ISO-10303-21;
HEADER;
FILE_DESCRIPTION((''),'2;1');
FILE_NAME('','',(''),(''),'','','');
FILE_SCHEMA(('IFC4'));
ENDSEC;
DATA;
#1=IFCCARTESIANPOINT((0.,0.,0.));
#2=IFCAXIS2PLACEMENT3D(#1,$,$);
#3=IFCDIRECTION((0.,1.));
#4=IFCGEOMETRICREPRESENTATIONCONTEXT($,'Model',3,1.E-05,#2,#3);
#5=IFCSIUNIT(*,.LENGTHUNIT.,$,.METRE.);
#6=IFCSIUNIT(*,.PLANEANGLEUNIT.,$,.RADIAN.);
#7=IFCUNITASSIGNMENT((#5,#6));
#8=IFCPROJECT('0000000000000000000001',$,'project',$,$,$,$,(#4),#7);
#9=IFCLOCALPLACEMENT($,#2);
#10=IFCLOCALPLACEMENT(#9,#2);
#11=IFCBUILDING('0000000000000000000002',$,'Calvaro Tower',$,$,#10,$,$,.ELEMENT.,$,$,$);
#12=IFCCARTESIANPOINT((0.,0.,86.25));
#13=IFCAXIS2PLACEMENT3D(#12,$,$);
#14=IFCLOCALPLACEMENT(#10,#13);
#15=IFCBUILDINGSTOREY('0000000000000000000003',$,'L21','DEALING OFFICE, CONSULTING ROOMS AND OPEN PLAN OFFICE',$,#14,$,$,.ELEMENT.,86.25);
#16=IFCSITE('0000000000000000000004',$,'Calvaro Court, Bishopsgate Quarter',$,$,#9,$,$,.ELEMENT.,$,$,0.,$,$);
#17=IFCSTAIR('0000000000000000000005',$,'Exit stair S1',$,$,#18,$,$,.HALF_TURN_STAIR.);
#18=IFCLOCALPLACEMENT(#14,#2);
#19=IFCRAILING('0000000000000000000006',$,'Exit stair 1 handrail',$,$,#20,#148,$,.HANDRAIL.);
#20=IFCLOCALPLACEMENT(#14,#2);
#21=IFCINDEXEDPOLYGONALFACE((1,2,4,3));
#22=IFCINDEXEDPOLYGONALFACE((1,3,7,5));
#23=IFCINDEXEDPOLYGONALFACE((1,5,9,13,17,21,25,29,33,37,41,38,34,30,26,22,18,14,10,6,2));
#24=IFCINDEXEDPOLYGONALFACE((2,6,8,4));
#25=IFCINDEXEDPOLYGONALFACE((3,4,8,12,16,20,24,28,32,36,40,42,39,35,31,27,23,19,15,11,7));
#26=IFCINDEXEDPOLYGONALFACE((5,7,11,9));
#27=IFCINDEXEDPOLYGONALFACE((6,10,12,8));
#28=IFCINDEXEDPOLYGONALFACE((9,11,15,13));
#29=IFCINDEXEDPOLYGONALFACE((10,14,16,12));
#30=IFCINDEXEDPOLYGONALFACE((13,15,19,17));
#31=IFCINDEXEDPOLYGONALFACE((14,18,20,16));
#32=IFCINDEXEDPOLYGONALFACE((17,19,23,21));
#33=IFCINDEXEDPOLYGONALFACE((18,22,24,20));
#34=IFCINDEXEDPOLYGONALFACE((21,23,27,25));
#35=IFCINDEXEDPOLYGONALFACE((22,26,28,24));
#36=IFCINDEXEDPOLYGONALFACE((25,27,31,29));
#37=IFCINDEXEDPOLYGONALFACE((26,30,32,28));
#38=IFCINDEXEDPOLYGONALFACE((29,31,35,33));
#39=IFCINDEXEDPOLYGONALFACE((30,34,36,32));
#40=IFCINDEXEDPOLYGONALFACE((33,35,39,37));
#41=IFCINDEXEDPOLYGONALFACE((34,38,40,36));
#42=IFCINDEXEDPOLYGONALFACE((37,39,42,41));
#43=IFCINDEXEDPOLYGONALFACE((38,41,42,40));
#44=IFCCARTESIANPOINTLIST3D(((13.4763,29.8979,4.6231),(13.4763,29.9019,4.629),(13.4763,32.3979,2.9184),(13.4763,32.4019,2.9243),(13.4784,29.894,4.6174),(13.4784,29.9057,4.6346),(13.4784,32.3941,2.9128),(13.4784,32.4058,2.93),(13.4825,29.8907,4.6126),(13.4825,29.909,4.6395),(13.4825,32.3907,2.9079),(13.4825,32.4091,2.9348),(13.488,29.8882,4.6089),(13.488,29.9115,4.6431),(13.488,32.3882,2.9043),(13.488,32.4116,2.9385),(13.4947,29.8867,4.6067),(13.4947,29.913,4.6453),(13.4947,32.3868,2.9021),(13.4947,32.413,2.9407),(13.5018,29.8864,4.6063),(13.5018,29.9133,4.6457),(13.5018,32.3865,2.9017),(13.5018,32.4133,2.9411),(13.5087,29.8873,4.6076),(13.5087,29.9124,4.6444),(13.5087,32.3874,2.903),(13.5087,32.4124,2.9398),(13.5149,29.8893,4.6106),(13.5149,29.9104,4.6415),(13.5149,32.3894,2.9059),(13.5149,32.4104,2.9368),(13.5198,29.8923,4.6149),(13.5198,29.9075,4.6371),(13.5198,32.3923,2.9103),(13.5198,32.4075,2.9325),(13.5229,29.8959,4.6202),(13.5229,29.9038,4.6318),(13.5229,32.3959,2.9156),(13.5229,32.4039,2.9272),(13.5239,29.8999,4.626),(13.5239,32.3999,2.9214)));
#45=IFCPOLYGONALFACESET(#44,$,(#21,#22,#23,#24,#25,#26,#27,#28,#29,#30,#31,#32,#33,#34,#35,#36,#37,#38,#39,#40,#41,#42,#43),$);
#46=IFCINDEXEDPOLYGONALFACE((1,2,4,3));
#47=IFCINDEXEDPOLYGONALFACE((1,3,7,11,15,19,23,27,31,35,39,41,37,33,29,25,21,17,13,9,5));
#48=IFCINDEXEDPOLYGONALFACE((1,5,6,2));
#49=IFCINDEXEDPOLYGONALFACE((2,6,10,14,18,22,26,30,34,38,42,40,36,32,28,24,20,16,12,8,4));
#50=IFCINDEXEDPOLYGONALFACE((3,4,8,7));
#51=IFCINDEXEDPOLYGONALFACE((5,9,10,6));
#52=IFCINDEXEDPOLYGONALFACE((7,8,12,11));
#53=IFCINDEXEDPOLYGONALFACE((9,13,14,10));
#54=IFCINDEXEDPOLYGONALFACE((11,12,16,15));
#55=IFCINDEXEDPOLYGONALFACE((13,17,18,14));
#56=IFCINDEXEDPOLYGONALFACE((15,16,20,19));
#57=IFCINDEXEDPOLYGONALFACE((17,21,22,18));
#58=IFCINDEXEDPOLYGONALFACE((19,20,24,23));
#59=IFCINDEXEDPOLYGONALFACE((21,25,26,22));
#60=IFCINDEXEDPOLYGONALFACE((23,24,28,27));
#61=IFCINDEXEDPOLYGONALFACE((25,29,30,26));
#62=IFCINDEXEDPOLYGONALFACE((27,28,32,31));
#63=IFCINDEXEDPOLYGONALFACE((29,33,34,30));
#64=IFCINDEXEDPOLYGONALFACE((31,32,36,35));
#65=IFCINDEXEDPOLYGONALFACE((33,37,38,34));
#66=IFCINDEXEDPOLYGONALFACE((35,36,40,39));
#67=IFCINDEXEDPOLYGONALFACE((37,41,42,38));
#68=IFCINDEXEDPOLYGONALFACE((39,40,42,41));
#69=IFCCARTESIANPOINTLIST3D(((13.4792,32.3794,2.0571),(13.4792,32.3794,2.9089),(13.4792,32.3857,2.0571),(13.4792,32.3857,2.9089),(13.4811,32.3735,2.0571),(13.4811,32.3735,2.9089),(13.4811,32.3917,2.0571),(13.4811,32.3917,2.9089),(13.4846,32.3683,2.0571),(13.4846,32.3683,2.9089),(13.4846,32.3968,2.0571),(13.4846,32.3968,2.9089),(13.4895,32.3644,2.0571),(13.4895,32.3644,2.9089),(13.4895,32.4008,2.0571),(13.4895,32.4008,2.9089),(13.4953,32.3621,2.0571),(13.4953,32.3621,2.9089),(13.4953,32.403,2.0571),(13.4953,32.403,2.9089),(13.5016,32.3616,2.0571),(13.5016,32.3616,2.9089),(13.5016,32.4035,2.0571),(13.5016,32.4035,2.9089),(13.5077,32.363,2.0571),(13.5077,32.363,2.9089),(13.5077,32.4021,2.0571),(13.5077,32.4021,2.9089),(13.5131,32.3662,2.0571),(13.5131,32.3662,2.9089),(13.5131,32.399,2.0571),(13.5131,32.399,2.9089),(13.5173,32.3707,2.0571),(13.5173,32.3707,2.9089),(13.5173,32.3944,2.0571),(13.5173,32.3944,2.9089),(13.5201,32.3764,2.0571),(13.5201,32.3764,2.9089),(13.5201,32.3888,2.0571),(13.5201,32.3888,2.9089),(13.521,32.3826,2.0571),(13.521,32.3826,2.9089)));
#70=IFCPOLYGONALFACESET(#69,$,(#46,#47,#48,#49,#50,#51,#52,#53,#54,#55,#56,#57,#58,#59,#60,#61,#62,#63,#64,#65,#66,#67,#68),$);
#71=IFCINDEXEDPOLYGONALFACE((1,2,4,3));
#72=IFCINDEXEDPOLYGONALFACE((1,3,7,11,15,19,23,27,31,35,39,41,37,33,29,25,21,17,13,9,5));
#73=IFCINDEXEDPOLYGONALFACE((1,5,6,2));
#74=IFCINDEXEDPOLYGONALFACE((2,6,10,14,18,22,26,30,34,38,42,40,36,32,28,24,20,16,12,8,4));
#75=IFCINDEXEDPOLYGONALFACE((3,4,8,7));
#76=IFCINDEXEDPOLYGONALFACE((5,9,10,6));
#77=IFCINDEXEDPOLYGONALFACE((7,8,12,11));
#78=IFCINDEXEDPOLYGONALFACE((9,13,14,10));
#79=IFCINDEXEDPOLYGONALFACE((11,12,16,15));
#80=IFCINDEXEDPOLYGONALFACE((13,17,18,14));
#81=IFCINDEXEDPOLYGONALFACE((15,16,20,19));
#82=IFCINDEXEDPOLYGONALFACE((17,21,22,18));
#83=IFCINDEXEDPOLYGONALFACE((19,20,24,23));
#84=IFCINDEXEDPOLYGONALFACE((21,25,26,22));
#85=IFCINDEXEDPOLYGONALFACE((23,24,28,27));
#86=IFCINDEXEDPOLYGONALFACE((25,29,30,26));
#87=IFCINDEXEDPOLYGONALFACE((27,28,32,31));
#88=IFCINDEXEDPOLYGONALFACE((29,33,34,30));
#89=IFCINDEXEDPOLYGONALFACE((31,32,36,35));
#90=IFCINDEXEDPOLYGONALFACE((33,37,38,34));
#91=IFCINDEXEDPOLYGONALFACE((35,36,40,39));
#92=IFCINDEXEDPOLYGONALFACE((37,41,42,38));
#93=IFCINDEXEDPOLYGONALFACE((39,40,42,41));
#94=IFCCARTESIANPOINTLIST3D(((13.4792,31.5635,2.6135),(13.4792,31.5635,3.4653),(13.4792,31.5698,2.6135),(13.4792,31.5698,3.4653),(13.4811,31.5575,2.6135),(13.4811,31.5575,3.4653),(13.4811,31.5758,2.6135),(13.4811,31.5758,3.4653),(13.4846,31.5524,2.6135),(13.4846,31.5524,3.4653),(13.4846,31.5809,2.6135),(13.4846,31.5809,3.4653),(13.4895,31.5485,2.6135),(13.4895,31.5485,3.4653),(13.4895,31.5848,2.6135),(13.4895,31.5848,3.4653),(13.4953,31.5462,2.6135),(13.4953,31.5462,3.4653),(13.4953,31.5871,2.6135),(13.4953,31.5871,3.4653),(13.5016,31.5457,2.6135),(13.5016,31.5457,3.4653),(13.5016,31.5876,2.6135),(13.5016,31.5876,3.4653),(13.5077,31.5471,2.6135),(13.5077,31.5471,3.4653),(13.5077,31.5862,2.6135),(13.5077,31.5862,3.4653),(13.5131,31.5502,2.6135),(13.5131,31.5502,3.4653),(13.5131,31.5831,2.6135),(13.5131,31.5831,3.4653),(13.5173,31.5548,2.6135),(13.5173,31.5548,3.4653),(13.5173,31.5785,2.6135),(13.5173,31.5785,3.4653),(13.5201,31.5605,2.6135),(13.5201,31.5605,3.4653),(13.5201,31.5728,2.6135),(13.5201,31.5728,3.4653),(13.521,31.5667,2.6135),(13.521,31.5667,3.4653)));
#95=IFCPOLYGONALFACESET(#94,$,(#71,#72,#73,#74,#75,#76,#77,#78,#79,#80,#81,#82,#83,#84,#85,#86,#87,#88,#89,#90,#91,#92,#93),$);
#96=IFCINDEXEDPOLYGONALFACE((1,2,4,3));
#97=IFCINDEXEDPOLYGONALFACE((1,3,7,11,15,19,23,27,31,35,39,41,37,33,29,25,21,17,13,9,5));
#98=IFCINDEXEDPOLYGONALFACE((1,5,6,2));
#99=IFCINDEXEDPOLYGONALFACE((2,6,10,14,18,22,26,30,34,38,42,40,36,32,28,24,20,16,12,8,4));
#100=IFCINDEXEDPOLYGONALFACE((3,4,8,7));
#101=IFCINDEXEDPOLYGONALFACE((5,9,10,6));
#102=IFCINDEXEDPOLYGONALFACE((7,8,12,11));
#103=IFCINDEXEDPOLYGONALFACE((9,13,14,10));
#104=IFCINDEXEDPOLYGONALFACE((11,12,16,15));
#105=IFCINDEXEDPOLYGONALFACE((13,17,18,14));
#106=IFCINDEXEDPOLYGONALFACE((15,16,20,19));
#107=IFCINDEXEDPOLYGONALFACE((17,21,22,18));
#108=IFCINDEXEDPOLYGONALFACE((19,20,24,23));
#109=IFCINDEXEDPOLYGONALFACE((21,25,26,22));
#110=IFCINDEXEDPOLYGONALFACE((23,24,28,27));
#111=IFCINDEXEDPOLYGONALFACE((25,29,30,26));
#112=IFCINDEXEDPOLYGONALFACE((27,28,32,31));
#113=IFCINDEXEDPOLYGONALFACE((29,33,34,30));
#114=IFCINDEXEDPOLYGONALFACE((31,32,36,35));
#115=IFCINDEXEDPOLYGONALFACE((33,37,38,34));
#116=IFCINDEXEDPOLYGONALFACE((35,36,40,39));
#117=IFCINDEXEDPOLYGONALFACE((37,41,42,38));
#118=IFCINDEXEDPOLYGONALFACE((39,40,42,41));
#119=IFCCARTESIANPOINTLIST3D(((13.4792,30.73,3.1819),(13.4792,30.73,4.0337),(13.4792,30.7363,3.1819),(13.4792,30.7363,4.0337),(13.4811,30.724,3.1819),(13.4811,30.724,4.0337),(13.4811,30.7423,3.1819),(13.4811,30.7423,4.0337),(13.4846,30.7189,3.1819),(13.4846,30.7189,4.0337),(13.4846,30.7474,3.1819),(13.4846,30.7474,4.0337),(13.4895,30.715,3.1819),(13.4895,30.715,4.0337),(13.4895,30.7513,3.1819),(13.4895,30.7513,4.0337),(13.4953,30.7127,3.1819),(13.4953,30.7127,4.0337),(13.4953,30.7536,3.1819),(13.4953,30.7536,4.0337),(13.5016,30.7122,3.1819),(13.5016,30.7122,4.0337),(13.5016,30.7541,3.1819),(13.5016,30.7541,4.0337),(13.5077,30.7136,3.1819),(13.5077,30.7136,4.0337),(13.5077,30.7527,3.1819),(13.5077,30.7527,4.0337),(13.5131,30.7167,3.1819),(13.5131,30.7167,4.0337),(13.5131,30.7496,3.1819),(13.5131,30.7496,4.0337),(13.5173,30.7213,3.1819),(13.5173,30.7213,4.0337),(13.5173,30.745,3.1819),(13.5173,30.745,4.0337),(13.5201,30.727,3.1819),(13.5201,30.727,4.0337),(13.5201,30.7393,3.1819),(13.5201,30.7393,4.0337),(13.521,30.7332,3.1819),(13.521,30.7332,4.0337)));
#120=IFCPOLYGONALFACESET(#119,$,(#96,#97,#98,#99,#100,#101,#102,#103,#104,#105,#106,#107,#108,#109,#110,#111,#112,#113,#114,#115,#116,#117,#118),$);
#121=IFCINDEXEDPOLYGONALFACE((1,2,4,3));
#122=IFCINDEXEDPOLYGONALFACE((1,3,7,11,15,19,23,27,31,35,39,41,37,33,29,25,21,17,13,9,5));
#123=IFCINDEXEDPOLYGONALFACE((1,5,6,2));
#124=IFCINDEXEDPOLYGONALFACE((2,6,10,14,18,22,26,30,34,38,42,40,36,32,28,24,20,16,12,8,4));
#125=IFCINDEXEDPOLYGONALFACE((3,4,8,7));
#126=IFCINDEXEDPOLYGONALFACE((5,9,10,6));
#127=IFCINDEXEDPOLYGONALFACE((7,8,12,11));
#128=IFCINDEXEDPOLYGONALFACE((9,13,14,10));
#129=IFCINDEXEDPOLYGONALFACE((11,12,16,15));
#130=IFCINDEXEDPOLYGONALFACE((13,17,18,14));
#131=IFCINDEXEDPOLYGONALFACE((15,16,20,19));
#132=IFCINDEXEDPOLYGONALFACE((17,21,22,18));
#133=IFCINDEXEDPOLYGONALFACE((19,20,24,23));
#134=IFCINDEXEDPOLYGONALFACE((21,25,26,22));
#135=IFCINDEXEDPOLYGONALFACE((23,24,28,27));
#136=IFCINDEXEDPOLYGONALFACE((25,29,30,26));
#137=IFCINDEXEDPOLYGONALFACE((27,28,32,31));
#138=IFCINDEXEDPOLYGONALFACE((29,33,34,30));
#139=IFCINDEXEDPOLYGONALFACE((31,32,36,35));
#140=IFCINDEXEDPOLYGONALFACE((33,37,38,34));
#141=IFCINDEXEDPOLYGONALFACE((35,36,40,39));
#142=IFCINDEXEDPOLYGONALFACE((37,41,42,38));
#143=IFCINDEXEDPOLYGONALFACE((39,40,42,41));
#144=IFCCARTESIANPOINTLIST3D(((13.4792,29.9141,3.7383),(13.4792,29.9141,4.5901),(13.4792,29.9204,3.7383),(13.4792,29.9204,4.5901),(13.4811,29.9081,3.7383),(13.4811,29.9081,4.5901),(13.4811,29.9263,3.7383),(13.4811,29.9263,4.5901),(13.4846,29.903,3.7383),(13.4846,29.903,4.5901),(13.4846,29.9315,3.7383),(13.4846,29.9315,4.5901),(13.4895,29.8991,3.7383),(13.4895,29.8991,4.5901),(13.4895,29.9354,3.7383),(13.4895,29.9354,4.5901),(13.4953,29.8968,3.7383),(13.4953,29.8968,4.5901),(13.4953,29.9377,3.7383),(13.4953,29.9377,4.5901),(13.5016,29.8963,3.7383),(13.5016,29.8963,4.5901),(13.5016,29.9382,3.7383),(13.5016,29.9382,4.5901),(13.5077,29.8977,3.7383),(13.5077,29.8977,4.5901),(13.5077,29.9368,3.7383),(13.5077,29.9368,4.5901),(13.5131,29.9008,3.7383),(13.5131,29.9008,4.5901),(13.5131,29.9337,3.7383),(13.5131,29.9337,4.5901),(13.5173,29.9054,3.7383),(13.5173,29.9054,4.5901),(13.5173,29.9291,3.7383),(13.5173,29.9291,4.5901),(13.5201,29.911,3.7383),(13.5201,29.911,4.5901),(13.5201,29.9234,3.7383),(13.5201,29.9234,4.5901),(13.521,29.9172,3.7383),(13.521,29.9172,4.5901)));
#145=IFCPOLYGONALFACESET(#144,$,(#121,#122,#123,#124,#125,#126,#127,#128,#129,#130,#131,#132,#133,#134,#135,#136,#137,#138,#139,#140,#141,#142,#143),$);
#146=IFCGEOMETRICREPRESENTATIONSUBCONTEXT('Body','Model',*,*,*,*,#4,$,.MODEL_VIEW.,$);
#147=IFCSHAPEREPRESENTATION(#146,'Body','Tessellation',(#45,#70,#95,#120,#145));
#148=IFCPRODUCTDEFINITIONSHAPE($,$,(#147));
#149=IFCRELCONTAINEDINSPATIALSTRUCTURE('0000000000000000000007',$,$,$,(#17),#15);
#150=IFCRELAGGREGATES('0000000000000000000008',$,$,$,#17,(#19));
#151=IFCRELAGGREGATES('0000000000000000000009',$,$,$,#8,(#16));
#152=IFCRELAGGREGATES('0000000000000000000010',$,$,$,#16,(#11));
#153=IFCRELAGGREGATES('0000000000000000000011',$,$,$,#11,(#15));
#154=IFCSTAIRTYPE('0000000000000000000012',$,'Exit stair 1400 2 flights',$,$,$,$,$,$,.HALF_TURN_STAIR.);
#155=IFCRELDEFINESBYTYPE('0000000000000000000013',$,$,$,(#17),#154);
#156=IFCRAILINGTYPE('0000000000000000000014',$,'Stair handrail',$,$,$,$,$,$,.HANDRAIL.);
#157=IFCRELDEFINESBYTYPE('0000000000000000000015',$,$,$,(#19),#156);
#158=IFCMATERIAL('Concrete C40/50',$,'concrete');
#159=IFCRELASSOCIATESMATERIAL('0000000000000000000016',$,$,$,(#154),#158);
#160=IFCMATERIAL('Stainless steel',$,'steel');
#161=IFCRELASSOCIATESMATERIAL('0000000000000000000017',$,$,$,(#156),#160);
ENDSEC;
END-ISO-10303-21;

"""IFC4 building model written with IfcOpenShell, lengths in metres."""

from ifc_helpers import new_model, si_unit, direction, frame, origin, origin_2d, place, context, subcontext, project, spatial, circle, extrude, material, type_object, element, aggregate, save


model = new_model("IFC4")

# Units and contexts
model_context = context("Model", 3, precision=1e-05, world=origin(), true_north=direction((0.0, 1.0)))
body_context = subcontext(model_context, "Body", "Model", "MODEL_VIEW")
ifc_project = project(units=[si_unit("LENGTHUNIT", "METRE"), si_unit("PLANEANGLEUNIT", "RADIAN")], contexts=[model_context])

# Site, building, storey
site_placement = place(None, origin())
site = spatial("IfcSite", under=ifc_project, at=site_placement, Name="Calvaro Court, Bishopsgate Quarter", CompositionType="ELEMENT", RefElevation=0.0)
building_placement = place(site_placement, origin())
building = spatial("IfcBuilding", under=site, at=building_placement, Name="Calvaro Tower", CompositionType="ELEMENT")
storey_placement = place(building_placement, frame((0.0, 0.0, 86.25)))
storey = spatial("IfcBuildingStorey", under=building, at=storey_placement, Name="L21", Description="DEALING OFFICE, CONSULTING ROOMS AND OPEN PLAN OFFICE", CompositionType="ELEMENT", Elevation=86.25)

# Stair, railing
ifc_material_1 = material(Name="Concrete C40/50", Category="concrete")
stair_type = type_object("IfcStairType", Name="Exit stair 1400 2 flights", PredefinedType="HALF_TURN_STAIR", material=ifc_material_1)
stair_placement = place(storey_placement, origin())
stair = element("IfcStair", 1, at=stair_placement, inside=storey, type_object=stair_type, Name="Exit stair S1", PredefinedType="HALF_TURN_STAIR")
ifc_material_2 = material(Name="Stainless steel", Category="steel")
railing_type = type_object("IfcRailingType", Name="Stair handrail", PredefinedType="HANDRAIL", material=ifc_material_2)
railing_1_placement = place(storey_placement, frame((13.5, 32.3999, 2.0454)))
railing_1 = element("IfcRailing", 2, at=railing_1_placement, type_object=railing_type, Name="Exit stair 1 handrail", PredefinedType="HANDRAIL", context=body_context, shape_type="SweptSolid", body=[
    extrude(circle(Radius=0.0239, at=origin_2d()), frame((0.0, 0.0, 0.876), z_axis=(0.0, -0.826221, 0.563347), x_axis=(1.0, 0.0, 0.0)), (0.0, 0.0, 1.0), 3.0259),
    extrude(circle(Radius=0.021, at=origin_2d()), frame((0.0, -0.0173, 0.0117)), (0.0, 0.0, 1.0), 0.8518),
    extrude(circle(Radius=0.021, at=origin_2d()), frame((0.0, -0.8333, 0.5681)), (0.0, 0.0, 1.0), 0.8518),
    extrude(circle(Radius=0.021, at=origin_2d()), frame((0.0, -1.6667, 1.1365)), (0.0, 0.0, 1.0), 0.8518),
    extrude(circle(Radius=0.021, at=origin_2d()), frame((0.0, -2.4827, 1.6929)), (0.0, 0.0, 1.0), 0.8518),
])
aggregate(stair, [railing_1])

save(model, "model.ifc")
